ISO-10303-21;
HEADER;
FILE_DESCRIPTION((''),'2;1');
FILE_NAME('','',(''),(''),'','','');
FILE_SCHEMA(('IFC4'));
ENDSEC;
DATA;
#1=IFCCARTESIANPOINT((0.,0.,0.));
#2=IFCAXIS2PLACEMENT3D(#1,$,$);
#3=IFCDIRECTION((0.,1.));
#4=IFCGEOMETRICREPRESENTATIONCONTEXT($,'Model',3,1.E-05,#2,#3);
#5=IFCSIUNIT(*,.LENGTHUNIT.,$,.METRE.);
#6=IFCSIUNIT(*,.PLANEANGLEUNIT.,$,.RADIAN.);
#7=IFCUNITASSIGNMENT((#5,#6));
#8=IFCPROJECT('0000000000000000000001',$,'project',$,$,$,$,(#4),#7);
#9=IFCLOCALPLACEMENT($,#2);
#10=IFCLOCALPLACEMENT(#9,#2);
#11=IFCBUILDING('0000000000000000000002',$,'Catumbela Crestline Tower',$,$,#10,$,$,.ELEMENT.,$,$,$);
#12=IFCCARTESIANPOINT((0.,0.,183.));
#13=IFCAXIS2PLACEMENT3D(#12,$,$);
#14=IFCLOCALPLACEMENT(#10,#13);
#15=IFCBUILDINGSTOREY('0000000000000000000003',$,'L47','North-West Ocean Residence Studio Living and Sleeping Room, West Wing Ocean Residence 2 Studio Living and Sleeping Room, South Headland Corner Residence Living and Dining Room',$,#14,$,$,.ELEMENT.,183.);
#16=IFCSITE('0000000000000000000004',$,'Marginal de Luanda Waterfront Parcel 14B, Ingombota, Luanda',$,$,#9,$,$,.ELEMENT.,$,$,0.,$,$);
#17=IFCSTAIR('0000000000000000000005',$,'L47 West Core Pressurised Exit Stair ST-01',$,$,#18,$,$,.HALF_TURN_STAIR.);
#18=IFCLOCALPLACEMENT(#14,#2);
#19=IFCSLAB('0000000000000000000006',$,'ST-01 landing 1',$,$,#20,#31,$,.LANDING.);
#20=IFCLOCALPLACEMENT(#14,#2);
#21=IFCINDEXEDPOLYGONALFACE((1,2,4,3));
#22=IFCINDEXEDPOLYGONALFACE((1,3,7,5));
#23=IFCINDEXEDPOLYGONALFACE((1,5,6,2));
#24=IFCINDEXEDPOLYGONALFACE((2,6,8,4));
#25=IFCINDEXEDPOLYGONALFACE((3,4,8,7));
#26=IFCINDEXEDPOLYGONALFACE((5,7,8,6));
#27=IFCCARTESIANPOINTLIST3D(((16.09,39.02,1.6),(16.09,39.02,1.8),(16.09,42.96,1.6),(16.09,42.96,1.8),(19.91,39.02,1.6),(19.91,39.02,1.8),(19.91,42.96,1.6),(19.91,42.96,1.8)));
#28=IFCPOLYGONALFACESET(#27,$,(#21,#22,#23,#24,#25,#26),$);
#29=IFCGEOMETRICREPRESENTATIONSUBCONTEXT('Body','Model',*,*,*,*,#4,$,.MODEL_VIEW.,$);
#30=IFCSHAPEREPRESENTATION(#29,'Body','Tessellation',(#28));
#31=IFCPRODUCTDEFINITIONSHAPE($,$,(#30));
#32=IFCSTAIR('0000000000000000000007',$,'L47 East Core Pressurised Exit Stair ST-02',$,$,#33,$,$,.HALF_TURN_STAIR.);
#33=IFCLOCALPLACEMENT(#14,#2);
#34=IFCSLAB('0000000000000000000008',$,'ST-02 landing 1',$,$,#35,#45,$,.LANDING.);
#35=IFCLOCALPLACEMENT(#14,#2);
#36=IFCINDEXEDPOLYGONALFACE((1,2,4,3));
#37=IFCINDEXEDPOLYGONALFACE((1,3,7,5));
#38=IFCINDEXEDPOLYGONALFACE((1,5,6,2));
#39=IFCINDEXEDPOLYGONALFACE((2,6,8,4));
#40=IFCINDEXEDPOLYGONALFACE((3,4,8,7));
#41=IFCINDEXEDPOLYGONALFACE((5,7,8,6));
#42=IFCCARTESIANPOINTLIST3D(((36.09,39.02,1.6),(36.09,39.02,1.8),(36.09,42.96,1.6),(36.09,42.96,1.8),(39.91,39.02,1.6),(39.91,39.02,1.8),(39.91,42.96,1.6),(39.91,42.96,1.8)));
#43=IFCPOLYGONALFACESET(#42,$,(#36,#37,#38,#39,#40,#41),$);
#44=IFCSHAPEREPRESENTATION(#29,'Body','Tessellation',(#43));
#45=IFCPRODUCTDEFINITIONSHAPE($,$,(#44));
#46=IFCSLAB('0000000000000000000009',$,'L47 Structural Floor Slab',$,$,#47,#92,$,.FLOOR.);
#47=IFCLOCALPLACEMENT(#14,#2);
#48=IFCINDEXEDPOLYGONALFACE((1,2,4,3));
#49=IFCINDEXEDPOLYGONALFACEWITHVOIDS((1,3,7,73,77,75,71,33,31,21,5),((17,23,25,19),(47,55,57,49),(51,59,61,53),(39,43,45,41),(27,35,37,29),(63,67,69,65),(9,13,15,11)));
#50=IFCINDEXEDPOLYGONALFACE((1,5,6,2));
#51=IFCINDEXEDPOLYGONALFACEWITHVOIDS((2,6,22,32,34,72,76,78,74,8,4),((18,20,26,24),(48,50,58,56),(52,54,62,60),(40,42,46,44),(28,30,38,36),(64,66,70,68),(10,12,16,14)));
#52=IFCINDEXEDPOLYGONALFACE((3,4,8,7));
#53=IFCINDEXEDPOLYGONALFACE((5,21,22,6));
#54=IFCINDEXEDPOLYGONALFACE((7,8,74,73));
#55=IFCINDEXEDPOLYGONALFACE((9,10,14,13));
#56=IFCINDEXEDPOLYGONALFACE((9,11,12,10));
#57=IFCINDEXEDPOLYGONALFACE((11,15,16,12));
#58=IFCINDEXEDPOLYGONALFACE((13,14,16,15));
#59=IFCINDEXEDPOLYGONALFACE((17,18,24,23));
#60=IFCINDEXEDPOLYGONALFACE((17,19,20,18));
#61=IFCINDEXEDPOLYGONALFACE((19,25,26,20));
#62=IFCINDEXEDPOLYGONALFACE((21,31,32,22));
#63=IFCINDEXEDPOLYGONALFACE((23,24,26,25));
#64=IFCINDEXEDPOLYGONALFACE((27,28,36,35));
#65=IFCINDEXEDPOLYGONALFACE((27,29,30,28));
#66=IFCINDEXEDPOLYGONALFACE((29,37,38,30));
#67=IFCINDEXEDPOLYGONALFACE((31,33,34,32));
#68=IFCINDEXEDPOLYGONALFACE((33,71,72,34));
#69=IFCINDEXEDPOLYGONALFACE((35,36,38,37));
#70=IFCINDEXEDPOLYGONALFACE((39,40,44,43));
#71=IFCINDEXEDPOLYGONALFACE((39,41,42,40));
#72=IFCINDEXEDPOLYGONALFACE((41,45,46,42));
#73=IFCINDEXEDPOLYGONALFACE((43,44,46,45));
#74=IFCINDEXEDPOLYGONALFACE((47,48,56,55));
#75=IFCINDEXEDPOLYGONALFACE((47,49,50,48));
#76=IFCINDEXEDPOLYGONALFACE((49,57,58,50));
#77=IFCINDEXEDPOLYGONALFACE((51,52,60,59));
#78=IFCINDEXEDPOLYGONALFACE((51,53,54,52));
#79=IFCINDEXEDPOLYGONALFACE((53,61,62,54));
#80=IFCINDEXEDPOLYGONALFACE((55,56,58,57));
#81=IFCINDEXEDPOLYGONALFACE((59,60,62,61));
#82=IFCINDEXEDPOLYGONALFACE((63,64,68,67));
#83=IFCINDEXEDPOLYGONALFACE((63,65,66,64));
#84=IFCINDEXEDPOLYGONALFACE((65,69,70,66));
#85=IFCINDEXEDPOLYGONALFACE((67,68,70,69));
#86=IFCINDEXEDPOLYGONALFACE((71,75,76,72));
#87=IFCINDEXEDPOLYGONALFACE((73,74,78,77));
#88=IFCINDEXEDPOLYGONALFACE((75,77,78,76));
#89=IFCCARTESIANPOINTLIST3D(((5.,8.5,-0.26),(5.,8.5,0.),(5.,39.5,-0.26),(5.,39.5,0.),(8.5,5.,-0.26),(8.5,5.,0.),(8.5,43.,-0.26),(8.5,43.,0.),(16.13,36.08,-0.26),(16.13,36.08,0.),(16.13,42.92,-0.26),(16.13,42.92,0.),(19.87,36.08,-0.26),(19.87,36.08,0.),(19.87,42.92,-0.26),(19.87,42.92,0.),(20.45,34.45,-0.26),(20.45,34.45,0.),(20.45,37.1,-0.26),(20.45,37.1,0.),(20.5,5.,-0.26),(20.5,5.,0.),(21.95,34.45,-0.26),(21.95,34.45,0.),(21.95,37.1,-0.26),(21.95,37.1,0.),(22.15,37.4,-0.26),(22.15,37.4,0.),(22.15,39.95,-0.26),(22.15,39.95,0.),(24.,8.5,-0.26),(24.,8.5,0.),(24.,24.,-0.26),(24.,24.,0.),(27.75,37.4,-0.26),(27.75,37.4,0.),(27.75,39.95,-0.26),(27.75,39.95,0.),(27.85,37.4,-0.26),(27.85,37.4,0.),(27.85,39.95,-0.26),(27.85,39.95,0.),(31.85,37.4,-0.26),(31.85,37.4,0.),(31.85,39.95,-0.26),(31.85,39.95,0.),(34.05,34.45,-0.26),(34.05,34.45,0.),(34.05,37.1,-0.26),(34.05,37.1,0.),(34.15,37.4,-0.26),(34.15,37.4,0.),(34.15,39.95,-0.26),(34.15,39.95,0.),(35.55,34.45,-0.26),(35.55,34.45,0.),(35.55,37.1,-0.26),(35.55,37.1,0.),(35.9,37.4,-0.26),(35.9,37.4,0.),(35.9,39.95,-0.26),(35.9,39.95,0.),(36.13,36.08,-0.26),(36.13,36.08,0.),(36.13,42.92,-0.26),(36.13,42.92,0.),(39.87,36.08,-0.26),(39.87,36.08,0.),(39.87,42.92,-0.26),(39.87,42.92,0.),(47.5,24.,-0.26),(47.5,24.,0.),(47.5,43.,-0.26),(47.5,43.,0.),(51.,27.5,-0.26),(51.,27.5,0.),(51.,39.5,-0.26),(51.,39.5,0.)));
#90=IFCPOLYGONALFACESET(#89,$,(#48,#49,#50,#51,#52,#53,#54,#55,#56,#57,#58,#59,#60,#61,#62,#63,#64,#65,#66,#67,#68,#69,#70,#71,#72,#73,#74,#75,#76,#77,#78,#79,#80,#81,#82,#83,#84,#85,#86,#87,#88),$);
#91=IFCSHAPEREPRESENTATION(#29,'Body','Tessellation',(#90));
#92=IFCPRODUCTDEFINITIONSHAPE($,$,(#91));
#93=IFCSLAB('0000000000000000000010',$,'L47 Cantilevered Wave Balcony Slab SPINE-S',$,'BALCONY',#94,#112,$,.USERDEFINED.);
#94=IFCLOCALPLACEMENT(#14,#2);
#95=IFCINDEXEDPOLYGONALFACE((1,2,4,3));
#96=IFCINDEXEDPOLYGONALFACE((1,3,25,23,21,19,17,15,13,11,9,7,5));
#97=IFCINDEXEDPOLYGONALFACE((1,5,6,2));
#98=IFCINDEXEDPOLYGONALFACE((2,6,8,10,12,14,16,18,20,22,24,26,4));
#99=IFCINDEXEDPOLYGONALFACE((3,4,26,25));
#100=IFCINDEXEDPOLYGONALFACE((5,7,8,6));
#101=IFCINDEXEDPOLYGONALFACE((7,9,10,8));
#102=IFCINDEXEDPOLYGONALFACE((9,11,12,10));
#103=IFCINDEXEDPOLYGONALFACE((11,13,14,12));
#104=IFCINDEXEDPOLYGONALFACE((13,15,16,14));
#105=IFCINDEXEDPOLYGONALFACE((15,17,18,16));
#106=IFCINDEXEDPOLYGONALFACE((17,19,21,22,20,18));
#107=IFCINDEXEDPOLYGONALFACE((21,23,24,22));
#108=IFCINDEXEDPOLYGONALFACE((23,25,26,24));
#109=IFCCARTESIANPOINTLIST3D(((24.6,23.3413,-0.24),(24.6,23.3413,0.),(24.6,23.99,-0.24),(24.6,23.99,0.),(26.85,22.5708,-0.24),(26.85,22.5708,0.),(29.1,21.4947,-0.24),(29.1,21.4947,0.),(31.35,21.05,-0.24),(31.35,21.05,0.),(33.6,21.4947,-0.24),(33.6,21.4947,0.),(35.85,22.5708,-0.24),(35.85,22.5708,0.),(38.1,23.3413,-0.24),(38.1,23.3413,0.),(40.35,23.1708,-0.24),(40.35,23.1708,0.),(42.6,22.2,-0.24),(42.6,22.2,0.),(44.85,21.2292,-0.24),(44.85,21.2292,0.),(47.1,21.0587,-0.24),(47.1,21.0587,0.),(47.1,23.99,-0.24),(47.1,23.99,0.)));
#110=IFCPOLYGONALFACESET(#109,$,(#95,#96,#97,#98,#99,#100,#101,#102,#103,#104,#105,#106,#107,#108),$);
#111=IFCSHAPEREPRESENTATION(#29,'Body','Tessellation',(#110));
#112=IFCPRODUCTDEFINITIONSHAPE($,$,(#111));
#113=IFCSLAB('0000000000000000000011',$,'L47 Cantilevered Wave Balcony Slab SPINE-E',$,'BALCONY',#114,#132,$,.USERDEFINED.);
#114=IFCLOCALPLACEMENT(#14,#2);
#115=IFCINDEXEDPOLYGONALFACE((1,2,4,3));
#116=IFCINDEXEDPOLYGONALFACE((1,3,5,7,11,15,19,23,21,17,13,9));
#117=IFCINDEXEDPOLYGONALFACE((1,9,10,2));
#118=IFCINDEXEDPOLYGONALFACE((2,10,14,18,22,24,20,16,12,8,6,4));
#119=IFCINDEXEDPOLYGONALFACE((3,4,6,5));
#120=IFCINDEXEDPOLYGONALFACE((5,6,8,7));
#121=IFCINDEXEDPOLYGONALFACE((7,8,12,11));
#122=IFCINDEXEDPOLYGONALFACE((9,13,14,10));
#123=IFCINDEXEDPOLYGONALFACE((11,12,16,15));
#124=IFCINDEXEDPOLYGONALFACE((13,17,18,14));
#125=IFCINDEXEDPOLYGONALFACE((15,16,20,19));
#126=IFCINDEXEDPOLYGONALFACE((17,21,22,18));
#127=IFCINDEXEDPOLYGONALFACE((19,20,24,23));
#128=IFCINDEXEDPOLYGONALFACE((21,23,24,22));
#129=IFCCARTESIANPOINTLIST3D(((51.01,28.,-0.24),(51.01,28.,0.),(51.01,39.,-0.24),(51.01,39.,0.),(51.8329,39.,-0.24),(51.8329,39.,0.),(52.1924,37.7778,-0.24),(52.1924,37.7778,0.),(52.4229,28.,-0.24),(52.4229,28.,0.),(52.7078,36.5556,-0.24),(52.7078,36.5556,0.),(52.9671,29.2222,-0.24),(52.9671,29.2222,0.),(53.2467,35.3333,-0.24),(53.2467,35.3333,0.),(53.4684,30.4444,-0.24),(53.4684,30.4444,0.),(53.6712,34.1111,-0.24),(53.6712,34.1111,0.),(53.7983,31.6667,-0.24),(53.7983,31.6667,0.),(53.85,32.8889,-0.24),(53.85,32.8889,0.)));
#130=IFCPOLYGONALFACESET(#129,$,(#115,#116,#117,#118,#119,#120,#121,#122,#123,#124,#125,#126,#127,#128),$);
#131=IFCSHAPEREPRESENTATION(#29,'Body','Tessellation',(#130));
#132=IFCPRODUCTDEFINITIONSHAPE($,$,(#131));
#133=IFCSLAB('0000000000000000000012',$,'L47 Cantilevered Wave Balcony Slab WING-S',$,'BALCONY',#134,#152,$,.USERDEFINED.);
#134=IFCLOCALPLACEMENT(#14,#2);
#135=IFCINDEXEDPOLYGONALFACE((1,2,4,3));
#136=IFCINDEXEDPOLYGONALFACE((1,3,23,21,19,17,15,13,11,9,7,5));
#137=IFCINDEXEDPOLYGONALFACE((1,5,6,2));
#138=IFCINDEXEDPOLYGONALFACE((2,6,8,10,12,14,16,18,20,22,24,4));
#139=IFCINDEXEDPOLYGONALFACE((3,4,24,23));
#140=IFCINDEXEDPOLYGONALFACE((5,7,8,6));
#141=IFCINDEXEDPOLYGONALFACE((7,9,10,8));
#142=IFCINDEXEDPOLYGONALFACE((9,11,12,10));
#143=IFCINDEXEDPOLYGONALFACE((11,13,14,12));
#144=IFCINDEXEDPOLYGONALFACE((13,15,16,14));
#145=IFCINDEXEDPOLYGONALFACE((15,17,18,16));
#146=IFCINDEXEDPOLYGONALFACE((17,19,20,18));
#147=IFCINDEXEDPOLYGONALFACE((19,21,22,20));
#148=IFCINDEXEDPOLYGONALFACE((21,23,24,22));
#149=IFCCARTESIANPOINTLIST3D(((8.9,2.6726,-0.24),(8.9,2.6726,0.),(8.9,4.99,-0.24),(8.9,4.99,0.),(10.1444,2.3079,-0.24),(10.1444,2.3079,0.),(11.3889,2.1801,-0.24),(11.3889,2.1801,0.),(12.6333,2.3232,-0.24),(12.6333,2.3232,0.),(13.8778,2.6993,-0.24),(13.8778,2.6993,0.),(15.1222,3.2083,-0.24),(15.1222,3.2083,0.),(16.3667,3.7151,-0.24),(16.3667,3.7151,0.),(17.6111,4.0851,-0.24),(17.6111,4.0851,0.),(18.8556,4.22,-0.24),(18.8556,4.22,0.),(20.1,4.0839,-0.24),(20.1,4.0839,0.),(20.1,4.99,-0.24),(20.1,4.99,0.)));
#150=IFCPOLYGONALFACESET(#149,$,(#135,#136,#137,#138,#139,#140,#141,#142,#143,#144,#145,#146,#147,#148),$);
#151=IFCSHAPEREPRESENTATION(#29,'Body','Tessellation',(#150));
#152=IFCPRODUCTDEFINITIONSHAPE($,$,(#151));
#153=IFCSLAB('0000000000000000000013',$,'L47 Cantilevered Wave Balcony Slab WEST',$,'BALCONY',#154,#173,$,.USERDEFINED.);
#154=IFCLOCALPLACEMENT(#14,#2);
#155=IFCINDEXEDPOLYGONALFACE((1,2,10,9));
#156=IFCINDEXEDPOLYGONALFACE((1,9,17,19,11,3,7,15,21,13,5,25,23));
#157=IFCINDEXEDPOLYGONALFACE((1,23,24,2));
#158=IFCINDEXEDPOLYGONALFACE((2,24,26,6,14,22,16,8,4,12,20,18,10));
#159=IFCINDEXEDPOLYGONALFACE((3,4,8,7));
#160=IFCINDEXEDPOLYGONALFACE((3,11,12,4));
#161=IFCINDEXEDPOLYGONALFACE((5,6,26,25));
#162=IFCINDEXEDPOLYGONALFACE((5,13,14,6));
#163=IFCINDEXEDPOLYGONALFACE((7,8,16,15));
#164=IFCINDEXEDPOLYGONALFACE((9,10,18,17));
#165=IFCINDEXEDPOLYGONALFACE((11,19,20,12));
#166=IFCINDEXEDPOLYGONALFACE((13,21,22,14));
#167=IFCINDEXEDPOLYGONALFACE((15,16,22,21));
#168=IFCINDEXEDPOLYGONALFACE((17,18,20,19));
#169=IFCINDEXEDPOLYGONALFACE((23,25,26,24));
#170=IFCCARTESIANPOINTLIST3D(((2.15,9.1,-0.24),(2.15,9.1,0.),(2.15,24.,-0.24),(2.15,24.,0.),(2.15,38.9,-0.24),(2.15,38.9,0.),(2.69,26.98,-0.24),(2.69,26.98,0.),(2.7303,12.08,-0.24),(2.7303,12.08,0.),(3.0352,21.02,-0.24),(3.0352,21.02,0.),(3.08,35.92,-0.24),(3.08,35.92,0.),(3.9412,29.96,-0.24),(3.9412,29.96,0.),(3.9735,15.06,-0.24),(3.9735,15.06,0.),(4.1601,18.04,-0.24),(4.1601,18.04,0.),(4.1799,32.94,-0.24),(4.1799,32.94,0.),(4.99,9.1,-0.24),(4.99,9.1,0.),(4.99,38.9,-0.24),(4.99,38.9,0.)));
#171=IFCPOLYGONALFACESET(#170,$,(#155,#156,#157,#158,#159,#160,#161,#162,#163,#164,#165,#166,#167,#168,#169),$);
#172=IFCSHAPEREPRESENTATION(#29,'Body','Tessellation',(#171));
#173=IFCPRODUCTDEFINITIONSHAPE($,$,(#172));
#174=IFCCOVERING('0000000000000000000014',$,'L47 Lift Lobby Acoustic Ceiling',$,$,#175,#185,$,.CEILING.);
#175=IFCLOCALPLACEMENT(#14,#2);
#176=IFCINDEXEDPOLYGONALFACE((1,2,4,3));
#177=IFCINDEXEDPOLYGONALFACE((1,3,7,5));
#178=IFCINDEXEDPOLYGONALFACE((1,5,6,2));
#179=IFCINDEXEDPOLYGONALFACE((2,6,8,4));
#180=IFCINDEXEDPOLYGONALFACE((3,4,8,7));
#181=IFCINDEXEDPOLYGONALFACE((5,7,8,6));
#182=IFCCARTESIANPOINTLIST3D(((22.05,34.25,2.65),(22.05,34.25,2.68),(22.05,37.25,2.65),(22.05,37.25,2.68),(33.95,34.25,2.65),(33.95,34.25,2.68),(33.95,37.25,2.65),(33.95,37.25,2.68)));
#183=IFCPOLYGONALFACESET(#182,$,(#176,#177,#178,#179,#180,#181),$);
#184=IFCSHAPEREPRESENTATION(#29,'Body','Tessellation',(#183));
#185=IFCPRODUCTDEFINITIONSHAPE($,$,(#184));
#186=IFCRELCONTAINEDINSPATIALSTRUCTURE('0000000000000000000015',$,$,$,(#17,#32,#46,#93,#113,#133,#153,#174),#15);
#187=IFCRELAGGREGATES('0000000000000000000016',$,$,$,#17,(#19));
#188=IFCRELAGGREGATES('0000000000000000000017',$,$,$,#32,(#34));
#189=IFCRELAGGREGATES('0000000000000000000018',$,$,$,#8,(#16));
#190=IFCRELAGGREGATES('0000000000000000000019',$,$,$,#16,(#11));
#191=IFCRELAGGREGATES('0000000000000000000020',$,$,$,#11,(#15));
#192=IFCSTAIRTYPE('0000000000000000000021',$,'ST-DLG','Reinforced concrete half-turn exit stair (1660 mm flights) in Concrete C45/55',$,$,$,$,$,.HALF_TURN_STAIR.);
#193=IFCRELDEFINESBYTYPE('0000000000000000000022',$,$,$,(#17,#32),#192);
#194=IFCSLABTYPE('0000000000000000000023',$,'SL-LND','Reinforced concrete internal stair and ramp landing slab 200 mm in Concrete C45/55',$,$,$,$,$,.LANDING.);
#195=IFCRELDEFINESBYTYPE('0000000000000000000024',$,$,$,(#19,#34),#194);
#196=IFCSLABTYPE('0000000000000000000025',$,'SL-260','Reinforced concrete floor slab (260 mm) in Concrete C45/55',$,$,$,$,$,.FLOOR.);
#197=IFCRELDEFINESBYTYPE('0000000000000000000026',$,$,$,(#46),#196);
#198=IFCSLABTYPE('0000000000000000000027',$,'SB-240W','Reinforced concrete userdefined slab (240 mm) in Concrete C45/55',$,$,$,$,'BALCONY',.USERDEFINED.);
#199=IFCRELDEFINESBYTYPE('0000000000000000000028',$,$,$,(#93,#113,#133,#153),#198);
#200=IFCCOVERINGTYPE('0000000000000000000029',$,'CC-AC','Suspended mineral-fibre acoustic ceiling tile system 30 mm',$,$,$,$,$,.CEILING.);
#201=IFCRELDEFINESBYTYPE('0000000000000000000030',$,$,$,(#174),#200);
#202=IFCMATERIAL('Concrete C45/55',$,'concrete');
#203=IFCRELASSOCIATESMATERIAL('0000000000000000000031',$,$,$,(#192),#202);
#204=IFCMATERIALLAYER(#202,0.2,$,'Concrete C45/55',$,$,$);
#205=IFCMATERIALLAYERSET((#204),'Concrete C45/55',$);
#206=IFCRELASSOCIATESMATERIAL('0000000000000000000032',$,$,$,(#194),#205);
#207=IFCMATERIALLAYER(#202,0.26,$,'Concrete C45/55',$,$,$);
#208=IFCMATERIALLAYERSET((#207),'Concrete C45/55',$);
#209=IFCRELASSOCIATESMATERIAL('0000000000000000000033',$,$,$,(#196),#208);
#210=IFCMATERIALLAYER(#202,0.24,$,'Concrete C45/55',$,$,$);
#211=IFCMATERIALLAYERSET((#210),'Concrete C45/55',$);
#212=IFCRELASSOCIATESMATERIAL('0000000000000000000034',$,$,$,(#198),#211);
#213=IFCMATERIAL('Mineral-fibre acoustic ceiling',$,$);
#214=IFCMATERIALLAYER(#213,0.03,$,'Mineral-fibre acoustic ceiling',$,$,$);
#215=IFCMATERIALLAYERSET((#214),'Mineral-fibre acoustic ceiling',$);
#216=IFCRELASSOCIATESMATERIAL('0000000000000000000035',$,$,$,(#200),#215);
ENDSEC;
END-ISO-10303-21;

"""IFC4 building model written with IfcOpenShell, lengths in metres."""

from ifc_helpers import new_model, si_unit, direction, frame, origin, place, context, subcontext, project, spatial, polyline, outline, extrude, material, layer, layer_set, type_object, element, aggregate, save


model = new_model("IFC4")

# Units and contexts
model_context = context("Model", 3, precision=1e-05, world=origin(), true_north=direction((0.0, 1.0)))
body_context = subcontext(model_context, "Body", "Model", "MODEL_VIEW")
ifc_project = project(units=[si_unit("LENGTHUNIT", "METRE"), si_unit("PLANEANGLEUNIT", "RADIAN")], contexts=[model_context])

# Site, building, storey
site_placement = place(None, origin())
site = spatial("IfcSite", under=ifc_project, at=site_placement, Name="Marginal de Luanda Waterfront Parcel 14B, Ingombota, Luanda", CompositionType="ELEMENT", RefElevation=0.0)
building_placement = place(site_placement, origin())
building = spatial("IfcBuilding", under=site, at=building_placement, Name="Catumbela Crestline Tower", CompositionType="ELEMENT")
storey_placement = place(building_placement, frame((0.0, 0.0, 183.0)))
storey = spatial("IfcBuildingStorey", under=building, at=storey_placement, Name="L47", Description="North-West Ocean Residence Studio Living and Sleeping Room, West Wing Ocean Residence 2 Studio Living and Sleeping Room, South Headland Corner Residence Living and Dining Room", CompositionType="ELEMENT", Elevation=183.0)

# Stairs, slabs
ifc_material_1 = material(Name="Concrete C45/55", Category="concrete")
stair_type = type_object("IfcStairType", Name="ST-DLG", Description="Reinforced concrete half-turn exit stair (1660 mm flights) in Concrete C45/55", PredefinedType="HALF_TURN_STAIR", material=ifc_material_1)
stair_1_placement = place(storey_placement, origin())
stair_1 = element("IfcStair", 1, at=stair_1_placement, inside=storey, type_object=stair_type, Name="L47 West Core Pressurised Exit Stair ST-01", PredefinedType="HALF_TURN_STAIR")
ifc_layer_1 = layer(ifc_material_1, 0.2, Name="Concrete C45/55")
ifc_layer_set_1 = layer_set([ifc_layer_1], Name="Concrete C45/55")
slab_type_1 = type_object("IfcSlabType", Name="SL-LND", Description="Reinforced concrete internal stair and ramp landing slab 200 mm in Concrete C45/55", PredefinedType="LANDING", material=ifc_layer_set_1)
slab_1_placement = place(storey_placement, frame((0.0, 0.0, 1.6)))
slab_1 = element("IfcSlab", 2, at=slab_1_placement, type_object=slab_type_1, Name="ST-01 landing 1", PredefinedType="LANDING", context=body_context, shape_type="SweptSolid", body=[
    extrude(outline(polyline([(19.91, 39.02), (19.91, 42.96), (16.09, 42.96), (16.09, 39.02), (19.91, 39.02)])), origin(), (0.0, 0.0, 1.0), 0.2),
])
aggregate(stair_1, [slab_1])
stair_2_placement = place(storey_placement, origin())
stair_2 = element("IfcStair", 3, at=stair_2_placement, inside=storey, type_object=stair_type, Name="L47 East Core Pressurised Exit Stair ST-02", PredefinedType="HALF_TURN_STAIR")
slab_2_placement = place(storey_placement, frame((0.0, 0.0, 1.6)))
slab_2 = element("IfcSlab", 4, at=slab_2_placement, type_object=slab_type_1, Name="ST-02 landing 1", PredefinedType="LANDING", context=body_context, shape_type="SweptSolid", body=[
    extrude(outline(polyline([(39.91, 39.02), (39.91, 42.96), (36.09, 42.96), (36.09, 39.02), (39.91, 39.02)])), origin(), (0.0, 0.0, 1.0), 0.2),
])
aggregate(stair_2, [slab_2])

# Slabs
ifc_layer_2 = layer(ifc_material_1, 0.26, Name="Concrete C45/55")
ifc_layer_set_2 = layer_set([ifc_layer_2], Name="Concrete C45/55")
slab_type_2 = type_object("IfcSlabType", Name="SL-260", Description="Reinforced concrete floor slab (260 mm) in Concrete C45/55", PredefinedType="FLOOR", material=ifc_layer_set_2)
slab_3_placement = place(storey_placement, frame((0.0, 0.0, -0.26)))
element("IfcSlab", 5, at=slab_3_placement, inside=storey, type_object=slab_type_2, Name="L47 Structural Floor Slab", PredefinedType="FLOOR", context=body_context, shape_type="SweptSolid", body=[
    extrude(outline(polyline([(8.5, 5.0), (20.5, 5.0), (24.0, 8.5), (24.0, 24.0), (47.5, 24.0), (51.0, 27.5), (51.0, 39.5), (47.5, 43.0), (8.5, 43.0), (5.0, 39.5), (5.0, 8.5), (8.5, 5.0)]), holes=[polyline([(16.13, 36.08), (19.87, 36.08), (19.87, 42.92), (16.13, 42.92), (16.13, 36.08)]), polyline([(36.13, 36.08), (39.87, 36.08), (39.87, 42.92), (36.13, 42.92), (36.13, 36.08)]), polyline([(22.15, 37.4), (27.75, 37.4), (27.75, 39.95), (22.15, 39.95), (22.15, 37.4)]), polyline([(27.85, 37.4), (31.85, 37.4), (31.85, 39.95), (27.85, 39.95), (27.85, 37.4)]), polyline([(20.45, 34.45), (21.95, 34.45), (21.95, 37.1), (20.45, 37.1), (20.45, 34.45)]), polyline([(34.05, 34.45), (35.55, 34.45), (35.55, 37.1), (34.05, 37.1), (34.05, 34.45)]), polyline([(34.15, 37.4), (35.9, 37.4), (35.9, 39.95), (34.15, 39.95), (34.15, 37.4)])]), origin(), (0.0, 0.0, 1.0), 0.26),
])
ifc_layer_3 = layer(ifc_material_1, 0.24, Name="Concrete C45/55")
ifc_layer_set_3 = layer_set([ifc_layer_3], Name="Concrete C45/55")
slab_type_3 = type_object("IfcSlabType", Name="SB-240W", Description="Reinforced concrete userdefined slab (240 mm) in Concrete C45/55", ElementType="BALCONY", PredefinedType="USERDEFINED", material=ifc_layer_set_3)
slab_4_placement = place(storey_placement, frame((0.0, 0.0, -0.24)))
element("IfcSlab", 6, at=slab_4_placement, inside=storey, type_object=slab_type_3, Name="L47 Cantilevered Wave Balcony Slab SPINE-S", ObjectType="BALCONY", PredefinedType="USERDEFINED", context=body_context, shape_type="SweptSolid", body=[
    extrude(outline(polyline([(24.6, 23.3413), (26.85, 22.5708), (29.1, 21.4947), (31.35, 21.05), (33.6, 21.4947), (35.85, 22.5708), (38.1, 23.3413), (40.35, 23.1708), (42.6, 22.2), (44.85, 21.2292), (47.1, 21.0587), (47.1, 23.99), (24.6, 23.99), (24.6, 23.3413)])), origin(), (0.0, 0.0, 1.0), 0.24),
])
slab_5_placement = place(storey_placement, frame((0.0, 0.0, -0.24)))
element("IfcSlab", 7, at=slab_5_placement, inside=storey, type_object=slab_type_3, Name="L47 Cantilevered Wave Balcony Slab SPINE-E", ObjectType="BALCONY", PredefinedType="USERDEFINED", context=body_context, shape_type="SweptSolid", body=[
    extrude(outline(polyline([(51.01, 28.0), (52.4229, 28.0), (52.9671, 29.2222), (53.4684, 30.4444), (53.7983, 31.6667), (53.85, 32.8889), (53.6712, 34.1111), (53.2467, 35.3333), (52.7078, 36.5556), (52.1924, 37.7778), (51.8329, 39.0), (51.01, 39.0), (51.01, 28.0)])), origin(), (0.0, 0.0, 1.0), 0.24),
])
slab_6_placement = place(storey_placement, frame((0.0, 0.0, -0.24)))
element("IfcSlab", 8, at=slab_6_placement, inside=storey, type_object=slab_type_3, Name="L47 Cantilevered Wave Balcony Slab WING-S", ObjectType="BALCONY", PredefinedType="USERDEFINED", context=body_context, shape_type="SweptSolid", body=[
    extrude(outline(polyline([(8.9, 2.6726), (10.1444, 2.3079), (11.3889, 2.1801), (12.6333, 2.3232), (13.8778, 2.6993), (15.1222, 3.2083), (16.3667, 3.7151), (17.6111, 4.0851), (18.8556, 4.22), (20.1, 4.0839), (20.1, 4.99), (8.9, 4.99), (8.9, 2.6726)])), origin(), (0.0, 0.0, 1.0), 0.24),
])
slab_7_placement = place(storey_placement, frame((0.0, 0.0, -0.24)))
element("IfcSlab", 9, at=slab_7_placement, inside=storey, type_object=slab_type_3, Name="L47 Cantilevered Wave Balcony Slab WEST", ObjectType="BALCONY", PredefinedType="USERDEFINED", context=body_context, shape_type="SweptSolid", body=[
    extrude(outline(polyline([(4.99, 38.9), (2.15, 38.9), (3.08, 35.92), (4.1799, 32.94), (3.9412, 29.96), (2.69, 26.98), (2.15, 24.0), (3.0352, 21.02), (4.1601, 18.04), (3.9735, 15.06), (2.7303, 12.08), (2.15, 9.1), (4.99, 9.1), (4.99, 38.9)])), origin(), (0.0, 0.0, 1.0), 0.24),
])

# Covering
ifc_material_2 = material(Name="Mineral-fibre acoustic ceiling")
ifc_layer_4 = layer(ifc_material_2, 0.03, Name="Mineral-fibre acoustic ceiling")
ifc_layer_set_4 = layer_set([ifc_layer_4], Name="Mineral-fibre acoustic ceiling")
covering_type_1 = type_object("IfcCoveringType", Name="CC-AC", Description="Suspended mineral-fibre acoustic ceiling tile system 30 mm", PredefinedType="CEILING", material=ifc_layer_set_4)
covering_1_placement = place(storey_placement, frame((0.0, 0.0, 2.65)))
element("IfcCovering", 10, at=covering_1_placement, inside=storey, type_object=covering_type_1, Name="L47 Lift Lobby Acoustic Ceiling", PredefinedType="CEILING", context=body_context, shape_type="SweptSolid", body=[
    extrude(outline(polyline([(22.05, 34.25), (33.95, 34.25), (33.95, 37.25), (22.05, 37.25), (22.05, 34.25)])), origin(), (0.0, 0.0, 1.0), 0.03),
])

save(model, "model.ifc")
